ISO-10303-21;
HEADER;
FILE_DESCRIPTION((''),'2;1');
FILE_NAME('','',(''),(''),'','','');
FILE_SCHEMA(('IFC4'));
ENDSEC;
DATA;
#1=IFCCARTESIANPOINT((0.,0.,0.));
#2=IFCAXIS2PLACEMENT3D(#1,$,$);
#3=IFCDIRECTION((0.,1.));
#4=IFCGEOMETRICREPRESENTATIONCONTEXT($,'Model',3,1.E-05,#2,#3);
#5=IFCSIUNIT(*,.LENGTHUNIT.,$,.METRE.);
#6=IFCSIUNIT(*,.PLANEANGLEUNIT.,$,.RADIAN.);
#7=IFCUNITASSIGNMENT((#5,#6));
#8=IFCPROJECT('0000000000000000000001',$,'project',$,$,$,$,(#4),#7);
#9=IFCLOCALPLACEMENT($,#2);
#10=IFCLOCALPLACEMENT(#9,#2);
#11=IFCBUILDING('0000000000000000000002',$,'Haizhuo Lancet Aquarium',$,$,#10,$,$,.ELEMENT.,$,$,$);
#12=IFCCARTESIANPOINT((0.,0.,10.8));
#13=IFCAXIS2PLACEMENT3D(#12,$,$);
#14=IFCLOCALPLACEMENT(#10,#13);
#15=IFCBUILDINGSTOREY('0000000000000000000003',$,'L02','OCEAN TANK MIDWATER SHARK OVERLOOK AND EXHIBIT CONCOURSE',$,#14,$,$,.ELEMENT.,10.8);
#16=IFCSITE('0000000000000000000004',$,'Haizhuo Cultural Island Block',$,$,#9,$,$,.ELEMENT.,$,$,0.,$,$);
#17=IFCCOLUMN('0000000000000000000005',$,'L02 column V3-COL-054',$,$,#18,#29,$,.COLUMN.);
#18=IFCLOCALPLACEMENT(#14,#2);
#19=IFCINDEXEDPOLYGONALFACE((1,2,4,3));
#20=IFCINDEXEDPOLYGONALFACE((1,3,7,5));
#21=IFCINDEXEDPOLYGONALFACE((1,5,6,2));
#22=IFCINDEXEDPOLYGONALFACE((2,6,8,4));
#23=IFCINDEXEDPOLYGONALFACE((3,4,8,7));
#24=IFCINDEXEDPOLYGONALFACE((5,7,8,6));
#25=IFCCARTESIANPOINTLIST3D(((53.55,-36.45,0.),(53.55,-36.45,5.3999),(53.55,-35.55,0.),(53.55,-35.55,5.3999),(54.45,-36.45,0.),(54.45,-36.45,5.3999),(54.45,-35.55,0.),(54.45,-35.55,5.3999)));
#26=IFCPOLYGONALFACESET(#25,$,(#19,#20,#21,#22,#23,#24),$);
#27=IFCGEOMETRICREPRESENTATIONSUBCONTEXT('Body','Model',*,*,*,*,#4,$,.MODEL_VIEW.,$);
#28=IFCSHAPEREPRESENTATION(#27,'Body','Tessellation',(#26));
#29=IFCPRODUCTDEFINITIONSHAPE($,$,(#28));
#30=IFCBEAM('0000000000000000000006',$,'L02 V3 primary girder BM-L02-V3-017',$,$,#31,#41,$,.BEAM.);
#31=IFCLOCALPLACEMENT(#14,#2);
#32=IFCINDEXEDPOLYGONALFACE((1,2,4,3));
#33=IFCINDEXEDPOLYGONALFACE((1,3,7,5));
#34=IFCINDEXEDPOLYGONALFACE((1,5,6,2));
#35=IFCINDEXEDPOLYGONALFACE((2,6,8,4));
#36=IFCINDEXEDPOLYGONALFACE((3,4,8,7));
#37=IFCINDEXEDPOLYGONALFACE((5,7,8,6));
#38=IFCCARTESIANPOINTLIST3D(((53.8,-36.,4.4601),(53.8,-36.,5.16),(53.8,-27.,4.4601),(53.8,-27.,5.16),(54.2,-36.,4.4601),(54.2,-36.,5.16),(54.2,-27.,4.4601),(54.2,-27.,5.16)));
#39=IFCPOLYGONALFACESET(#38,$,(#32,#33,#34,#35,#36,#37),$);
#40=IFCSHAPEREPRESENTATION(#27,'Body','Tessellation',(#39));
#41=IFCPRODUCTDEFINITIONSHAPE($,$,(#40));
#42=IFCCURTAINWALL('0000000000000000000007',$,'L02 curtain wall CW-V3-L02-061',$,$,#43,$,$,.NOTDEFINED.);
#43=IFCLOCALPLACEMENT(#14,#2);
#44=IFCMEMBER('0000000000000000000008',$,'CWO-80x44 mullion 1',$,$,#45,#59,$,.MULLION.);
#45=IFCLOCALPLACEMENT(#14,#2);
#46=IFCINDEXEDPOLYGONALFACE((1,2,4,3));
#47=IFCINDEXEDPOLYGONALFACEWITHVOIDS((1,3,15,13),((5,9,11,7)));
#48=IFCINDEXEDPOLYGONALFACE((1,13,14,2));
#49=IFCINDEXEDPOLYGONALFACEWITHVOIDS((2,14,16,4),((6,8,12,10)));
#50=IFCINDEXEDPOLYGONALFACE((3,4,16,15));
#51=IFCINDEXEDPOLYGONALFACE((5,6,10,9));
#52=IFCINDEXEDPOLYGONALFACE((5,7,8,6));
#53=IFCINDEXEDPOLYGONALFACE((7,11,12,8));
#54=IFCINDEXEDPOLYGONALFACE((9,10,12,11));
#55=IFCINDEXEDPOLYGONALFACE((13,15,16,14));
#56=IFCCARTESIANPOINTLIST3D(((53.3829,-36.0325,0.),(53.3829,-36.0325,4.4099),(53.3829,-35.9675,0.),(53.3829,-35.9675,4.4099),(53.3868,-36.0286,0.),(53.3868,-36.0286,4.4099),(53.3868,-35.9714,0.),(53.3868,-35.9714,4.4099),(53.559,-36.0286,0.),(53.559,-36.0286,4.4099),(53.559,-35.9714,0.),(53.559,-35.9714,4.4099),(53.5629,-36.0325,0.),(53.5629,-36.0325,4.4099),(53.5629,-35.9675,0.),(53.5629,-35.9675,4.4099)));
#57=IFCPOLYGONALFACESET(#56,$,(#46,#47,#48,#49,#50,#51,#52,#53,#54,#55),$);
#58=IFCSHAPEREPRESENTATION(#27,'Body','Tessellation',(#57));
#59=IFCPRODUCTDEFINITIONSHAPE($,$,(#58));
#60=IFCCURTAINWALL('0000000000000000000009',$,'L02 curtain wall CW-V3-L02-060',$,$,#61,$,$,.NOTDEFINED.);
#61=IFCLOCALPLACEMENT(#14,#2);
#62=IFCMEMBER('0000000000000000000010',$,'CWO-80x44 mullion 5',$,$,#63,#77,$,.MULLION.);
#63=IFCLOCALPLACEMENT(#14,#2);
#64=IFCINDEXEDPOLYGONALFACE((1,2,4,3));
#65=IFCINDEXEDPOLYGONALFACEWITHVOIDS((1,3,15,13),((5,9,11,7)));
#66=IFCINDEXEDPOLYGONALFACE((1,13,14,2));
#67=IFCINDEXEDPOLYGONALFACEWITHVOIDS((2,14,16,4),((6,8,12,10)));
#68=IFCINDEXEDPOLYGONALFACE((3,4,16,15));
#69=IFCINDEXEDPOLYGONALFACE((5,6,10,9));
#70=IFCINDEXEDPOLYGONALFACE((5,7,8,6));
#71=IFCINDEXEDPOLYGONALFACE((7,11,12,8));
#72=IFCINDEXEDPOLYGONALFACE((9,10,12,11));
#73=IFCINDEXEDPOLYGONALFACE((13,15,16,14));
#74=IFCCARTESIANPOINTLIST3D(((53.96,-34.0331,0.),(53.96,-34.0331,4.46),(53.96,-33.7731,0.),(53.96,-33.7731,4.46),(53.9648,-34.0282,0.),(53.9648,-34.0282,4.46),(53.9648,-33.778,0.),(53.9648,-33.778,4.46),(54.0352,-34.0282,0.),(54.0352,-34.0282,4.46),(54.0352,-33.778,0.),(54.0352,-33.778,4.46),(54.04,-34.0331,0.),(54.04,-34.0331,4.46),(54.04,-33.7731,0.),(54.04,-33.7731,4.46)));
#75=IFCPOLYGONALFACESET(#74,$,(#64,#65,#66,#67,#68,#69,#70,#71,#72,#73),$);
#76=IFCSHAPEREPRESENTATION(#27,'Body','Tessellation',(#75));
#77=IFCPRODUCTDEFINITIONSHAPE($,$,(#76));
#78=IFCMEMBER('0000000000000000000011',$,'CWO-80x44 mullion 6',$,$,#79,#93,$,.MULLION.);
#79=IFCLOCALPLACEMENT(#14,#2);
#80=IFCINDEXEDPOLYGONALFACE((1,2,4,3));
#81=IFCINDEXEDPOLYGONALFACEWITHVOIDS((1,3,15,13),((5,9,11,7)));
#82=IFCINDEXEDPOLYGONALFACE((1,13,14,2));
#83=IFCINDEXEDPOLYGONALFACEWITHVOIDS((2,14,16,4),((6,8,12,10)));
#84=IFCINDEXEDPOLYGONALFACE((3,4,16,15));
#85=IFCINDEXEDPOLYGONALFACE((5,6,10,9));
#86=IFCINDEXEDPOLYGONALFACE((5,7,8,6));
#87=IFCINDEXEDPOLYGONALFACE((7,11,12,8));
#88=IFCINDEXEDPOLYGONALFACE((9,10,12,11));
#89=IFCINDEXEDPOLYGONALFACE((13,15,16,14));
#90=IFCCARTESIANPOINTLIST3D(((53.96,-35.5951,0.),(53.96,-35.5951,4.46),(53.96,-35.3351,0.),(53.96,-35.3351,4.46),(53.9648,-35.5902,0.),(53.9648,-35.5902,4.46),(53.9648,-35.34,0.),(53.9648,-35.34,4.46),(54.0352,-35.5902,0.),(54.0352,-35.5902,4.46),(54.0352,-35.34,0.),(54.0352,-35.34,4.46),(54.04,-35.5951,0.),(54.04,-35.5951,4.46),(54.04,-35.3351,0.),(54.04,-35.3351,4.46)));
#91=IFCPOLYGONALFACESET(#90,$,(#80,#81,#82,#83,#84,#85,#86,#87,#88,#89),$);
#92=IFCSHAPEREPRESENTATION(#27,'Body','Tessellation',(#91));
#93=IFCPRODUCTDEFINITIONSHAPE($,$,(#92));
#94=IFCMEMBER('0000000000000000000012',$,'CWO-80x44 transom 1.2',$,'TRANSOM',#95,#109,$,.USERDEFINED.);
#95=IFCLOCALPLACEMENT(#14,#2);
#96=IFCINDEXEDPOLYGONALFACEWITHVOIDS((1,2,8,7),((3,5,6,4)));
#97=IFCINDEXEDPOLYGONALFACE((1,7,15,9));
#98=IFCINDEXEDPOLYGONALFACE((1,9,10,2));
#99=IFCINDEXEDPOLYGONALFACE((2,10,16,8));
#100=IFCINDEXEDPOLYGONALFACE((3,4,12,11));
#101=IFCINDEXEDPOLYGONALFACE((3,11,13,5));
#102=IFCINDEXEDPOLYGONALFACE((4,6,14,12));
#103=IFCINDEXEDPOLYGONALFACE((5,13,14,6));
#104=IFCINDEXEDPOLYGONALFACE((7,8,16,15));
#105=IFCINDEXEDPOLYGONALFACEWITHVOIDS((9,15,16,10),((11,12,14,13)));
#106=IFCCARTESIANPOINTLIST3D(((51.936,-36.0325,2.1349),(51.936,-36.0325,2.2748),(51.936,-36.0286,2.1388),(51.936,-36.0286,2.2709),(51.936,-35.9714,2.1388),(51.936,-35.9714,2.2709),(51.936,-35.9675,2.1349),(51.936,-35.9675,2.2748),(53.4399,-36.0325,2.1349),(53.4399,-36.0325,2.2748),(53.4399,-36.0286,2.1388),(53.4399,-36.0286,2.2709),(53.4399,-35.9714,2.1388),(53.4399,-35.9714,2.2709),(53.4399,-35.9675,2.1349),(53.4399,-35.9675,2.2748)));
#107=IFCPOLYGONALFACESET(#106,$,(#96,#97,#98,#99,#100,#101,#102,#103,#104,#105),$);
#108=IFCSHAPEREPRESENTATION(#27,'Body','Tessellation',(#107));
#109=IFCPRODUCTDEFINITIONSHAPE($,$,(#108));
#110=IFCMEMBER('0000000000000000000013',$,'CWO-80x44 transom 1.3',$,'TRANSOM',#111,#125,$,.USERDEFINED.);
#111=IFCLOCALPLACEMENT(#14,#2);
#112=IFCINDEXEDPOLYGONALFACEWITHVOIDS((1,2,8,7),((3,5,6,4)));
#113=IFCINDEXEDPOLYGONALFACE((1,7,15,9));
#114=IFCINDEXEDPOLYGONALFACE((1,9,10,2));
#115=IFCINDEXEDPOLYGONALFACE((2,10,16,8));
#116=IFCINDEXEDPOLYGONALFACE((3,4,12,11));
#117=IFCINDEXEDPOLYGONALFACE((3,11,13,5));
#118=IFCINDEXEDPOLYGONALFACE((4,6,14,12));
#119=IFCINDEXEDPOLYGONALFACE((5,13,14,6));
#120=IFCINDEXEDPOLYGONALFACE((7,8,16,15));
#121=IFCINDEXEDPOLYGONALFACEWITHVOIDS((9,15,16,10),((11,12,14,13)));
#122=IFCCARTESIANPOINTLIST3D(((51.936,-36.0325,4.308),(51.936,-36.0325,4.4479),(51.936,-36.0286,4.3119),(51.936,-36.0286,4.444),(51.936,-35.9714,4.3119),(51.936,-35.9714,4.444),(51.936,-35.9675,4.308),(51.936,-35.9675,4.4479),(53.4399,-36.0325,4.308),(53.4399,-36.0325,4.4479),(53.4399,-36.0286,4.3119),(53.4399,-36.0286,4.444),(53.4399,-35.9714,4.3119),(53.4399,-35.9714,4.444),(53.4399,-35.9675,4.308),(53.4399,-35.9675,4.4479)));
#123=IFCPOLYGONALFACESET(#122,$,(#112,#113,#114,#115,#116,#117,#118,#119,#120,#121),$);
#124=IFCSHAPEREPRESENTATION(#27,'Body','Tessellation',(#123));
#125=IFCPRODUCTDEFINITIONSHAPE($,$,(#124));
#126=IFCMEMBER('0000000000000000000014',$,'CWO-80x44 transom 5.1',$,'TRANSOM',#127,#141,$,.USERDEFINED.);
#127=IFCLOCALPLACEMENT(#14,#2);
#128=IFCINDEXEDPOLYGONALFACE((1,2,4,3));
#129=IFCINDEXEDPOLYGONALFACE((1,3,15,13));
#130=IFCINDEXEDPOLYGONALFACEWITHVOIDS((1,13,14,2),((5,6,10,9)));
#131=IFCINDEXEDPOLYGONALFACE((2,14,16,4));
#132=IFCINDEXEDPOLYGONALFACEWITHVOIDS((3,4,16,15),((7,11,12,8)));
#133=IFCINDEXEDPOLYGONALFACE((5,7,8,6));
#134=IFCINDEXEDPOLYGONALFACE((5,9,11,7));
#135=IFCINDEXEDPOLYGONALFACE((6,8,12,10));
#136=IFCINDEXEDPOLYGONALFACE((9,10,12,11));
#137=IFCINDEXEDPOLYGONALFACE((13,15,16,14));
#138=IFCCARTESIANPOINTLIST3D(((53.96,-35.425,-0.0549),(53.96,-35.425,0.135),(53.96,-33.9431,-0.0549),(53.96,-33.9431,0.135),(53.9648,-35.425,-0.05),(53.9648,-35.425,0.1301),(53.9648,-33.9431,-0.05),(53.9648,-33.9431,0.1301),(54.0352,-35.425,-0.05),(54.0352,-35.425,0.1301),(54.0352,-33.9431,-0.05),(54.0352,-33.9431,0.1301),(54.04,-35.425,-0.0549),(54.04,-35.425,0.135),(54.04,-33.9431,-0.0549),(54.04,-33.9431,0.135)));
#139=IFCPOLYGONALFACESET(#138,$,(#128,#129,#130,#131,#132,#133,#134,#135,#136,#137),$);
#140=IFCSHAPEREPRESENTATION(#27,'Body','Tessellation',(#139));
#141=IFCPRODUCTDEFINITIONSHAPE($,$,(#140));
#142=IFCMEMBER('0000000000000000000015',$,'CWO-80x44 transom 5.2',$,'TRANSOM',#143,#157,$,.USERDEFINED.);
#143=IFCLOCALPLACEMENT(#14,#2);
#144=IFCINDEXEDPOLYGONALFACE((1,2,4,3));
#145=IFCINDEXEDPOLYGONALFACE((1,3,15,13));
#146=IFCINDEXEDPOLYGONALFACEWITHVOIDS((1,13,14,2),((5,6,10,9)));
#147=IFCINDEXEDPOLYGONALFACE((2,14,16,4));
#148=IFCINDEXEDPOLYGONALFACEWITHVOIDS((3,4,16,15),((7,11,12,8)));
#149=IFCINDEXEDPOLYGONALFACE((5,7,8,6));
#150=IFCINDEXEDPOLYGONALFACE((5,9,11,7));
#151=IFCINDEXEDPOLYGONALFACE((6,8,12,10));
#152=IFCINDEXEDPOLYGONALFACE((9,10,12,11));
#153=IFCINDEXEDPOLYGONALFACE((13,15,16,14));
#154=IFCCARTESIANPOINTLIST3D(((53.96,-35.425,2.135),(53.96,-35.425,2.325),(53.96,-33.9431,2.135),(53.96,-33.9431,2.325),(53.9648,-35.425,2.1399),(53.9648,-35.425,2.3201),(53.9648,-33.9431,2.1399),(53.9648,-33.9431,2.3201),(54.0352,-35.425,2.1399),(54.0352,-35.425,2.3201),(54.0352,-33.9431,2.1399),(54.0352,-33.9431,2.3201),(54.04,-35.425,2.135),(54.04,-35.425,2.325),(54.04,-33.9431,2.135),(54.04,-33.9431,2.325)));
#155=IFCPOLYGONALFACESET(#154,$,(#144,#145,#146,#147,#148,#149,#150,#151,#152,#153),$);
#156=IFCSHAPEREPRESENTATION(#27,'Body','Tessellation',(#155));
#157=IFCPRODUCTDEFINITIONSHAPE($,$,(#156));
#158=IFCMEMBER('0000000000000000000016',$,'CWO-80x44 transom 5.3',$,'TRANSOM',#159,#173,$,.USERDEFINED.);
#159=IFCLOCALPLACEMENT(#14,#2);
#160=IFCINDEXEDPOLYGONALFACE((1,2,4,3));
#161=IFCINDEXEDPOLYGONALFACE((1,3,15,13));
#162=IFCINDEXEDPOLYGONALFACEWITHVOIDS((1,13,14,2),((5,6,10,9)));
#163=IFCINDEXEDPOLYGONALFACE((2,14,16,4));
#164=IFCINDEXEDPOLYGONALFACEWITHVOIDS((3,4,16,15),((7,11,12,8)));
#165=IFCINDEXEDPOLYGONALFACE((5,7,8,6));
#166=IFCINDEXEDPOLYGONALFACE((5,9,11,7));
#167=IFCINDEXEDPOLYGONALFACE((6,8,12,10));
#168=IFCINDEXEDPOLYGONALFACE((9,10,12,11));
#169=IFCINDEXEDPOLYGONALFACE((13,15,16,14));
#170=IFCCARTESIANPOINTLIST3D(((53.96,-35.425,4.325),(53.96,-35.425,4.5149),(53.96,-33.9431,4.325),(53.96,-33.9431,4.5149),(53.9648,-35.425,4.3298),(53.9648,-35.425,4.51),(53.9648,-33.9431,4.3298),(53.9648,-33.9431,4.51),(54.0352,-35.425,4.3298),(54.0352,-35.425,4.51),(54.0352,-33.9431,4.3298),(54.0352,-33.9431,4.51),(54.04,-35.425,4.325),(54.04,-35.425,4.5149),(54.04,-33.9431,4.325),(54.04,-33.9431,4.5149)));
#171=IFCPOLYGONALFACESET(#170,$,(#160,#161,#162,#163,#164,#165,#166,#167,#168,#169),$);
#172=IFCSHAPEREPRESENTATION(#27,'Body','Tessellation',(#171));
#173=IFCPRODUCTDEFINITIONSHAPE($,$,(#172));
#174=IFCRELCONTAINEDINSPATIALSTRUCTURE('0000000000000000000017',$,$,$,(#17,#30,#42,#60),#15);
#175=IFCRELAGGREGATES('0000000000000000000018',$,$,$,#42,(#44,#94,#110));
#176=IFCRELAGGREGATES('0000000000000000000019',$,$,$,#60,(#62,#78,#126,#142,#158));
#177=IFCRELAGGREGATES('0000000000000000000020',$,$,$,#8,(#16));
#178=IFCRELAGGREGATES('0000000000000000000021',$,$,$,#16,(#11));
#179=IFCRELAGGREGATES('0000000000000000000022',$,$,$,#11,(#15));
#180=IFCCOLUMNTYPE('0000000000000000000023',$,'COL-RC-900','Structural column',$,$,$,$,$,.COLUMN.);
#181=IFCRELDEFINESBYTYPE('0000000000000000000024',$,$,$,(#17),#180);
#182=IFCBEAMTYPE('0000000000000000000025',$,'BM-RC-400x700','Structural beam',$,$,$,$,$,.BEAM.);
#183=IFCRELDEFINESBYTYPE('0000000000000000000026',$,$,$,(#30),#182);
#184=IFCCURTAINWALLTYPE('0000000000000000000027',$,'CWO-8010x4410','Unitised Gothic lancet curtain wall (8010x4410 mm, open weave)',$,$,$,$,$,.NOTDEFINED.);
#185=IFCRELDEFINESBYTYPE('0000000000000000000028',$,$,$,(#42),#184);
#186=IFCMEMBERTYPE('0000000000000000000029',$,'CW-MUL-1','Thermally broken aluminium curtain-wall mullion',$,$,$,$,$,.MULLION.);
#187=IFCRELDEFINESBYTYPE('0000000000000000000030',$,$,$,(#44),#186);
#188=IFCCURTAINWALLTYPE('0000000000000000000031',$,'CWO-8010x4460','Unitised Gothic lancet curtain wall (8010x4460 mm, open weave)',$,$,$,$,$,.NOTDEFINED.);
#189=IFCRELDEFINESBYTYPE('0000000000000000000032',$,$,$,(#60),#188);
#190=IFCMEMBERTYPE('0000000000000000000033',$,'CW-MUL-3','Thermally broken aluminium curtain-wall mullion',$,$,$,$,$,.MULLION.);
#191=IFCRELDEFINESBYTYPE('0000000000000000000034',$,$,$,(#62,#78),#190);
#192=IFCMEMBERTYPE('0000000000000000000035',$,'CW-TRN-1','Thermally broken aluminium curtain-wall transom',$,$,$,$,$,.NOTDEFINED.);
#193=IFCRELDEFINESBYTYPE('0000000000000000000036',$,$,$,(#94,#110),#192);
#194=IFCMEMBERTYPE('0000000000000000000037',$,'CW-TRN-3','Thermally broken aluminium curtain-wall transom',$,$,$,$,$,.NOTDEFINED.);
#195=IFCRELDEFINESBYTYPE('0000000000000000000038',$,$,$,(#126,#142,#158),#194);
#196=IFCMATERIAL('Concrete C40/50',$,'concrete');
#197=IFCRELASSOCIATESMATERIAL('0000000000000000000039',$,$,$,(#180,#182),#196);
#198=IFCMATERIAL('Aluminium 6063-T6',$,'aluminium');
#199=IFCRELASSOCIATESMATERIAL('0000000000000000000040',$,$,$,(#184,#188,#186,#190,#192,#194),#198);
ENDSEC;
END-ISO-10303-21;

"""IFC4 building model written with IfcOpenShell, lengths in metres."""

from ifc_helpers import new_model, si_unit, direction, frame, origin, origin_2d, place, context, subcontext, project, spatial, rectangle, hollow_rectangle, extrude, material, material_profile, profile_set, type_object, element, aggregate, save


model = new_model("IFC4")

# Units and contexts
model_context = context("Model", 3, precision=1e-05, world=origin(), true_north=direction((0.0, 1.0)))
body_context = subcontext(model_context, "Body", "Model", "MODEL_VIEW")
ifc_project = project(units=[si_unit("LENGTHUNIT", "METRE"), si_unit("PLANEANGLEUNIT", "RADIAN")], contexts=[model_context])

# Site, building, storey
site_placement = place(None, origin())
site = spatial("IfcSite", under=ifc_project, at=site_placement, Name="Haizhuo Cultural Island Block", CompositionType="ELEMENT", RefElevation=0.0)
building_placement = place(site_placement, origin())
building = spatial("IfcBuilding", under=site, at=building_placement, Name="Haizhuo Lancet Aquarium", CompositionType="ELEMENT")
storey_placement = place(building_placement, frame((0.0, 0.0, 10.8)))
storey = spatial("IfcBuildingStorey", under=building, at=storey_placement, Name="L02", Description="OCEAN TANK MIDWATER SHARK OVERLOOK AND EXHIBIT CONCOURSE", CompositionType="ELEMENT", Elevation=10.8)

# Column
ifc_material_1 = material(Name="Concrete C40/50", Category="concrete")
ifc_material_profile_1 = material_profile(ifc_material_1, rectangle(XDim=0.8999, YDim=0.8999, at=origin_2d()), Name="RC-COL 900x900")
ifc_profile_set_1 = profile_set([ifc_material_profile_1], Name="Concrete C40/50")
column_type = type_object("IfcColumnType", Name="COL-RC-900", Description="Structural column", PredefinedType="COLUMN", material=ifc_profile_set_1)
column_placement = place(storey_placement, frame((54.0, -36.0, 0.0), z_axis=(0.0, 0.0, 1.0), x_axis=(1.0, 0.0, 0.0)))
element("IfcColumn", 1, at=column_placement, inside=storey, type_object=column_type, Name="L02 column V3-COL-054", PredefinedType="COLUMN", context=body_context, shape_type="SweptSolid", body=[
    extrude(rectangle(XDim=0.8999, YDim=0.8999, at=origin_2d()), origin(), (0.0, 0.0, 1.0), 5.3999),
])

# Beam
ifc_material_profile_2 = material_profile(ifc_material_1, rectangle(XDim=0.3999, YDim=0.7, at=origin_2d()), Name="RC-BM 400x700")
ifc_profile_set_2 = profile_set([ifc_material_profile_2], Name="Concrete C40/50")
beam_type = type_object("IfcBeamType", Name="BM-RC-400x700", Description="Structural beam", PredefinedType="BEAM", material=ifc_profile_set_2)
beam_placement = place(storey_placement, frame((54.0, -36.0, 4.8101), z_axis=(0.0, 1.0, 0.0), x_axis=(-1.0, 0.0, 0.0)))
element("IfcBeam", 2, at=beam_placement, inside=storey, type_object=beam_type, Name="L02 V3 primary girder BM-L02-V3-017", PredefinedType="BEAM", context=body_context, shape_type="SweptSolid", body=[
    extrude(rectangle(XDim=0.3999, YDim=0.7, at=origin_2d()), origin(), (0.0, 0.0, 1.0), 9.0),
])

# Curtain wall, member
ifc_material_2 = material(Name="Aluminium 6063-T6", Category="aluminium")
curtain_wall_type_1 = type_object("IfcCurtainWallType", Name="CWO-8010x4410", Description="Unitised Gothic lancet curtain wall (8010x4410 mm, open weave)", PredefinedType="NOTDEFINED", material=ifc_material_2)
curtain_wall_1_placement = place(storey_placement, origin())
curtain_wall_1 = element("IfcCurtainWall", 3, at=curtain_wall_1_placement, inside=storey, type_object=curtain_wall_type_1, Name="L02 curtain wall CW-V3-L02-061", PredefinedType="NOTDEFINED")
ifc_material_profile_3 = material_profile(ifc_material_2, hollow_rectangle(XDim=0.0649, YDim=0.1799, WallThickness=0.0039, at=origin_2d()), Name="ALU-M 65x180x4")
ifc_profile_set_3 = profile_set([ifc_material_profile_3], Name="Aluminium 6063-T6")
member_type_1 = type_object("IfcMemberType", Name="CW-MUL-1", Description="Thermally broken aluminium curtain-wall mullion", PredefinedType="MULLION", material=ifc_profile_set_3)
member_1_placement = place(storey_placement, frame((53.4729, -36.0, 0.0), z_axis=(0.0, 0.0, 1.0), x_axis=(0.0, -1.0, 0.0)))
member_1 = element("IfcMember", 4, at=member_1_placement, type_object=member_type_1, Name="CWO-80x44 mullion 1", PredefinedType="MULLION", context=body_context, shape_type="SweptSolid", body=[
    extrude(hollow_rectangle(XDim=0.0649, YDim=0.1799, WallThickness=0.0039, at=origin_2d()), origin(), (0.0, 0.0, 1.0), 4.4099),
])

# Curtain wall, members
curtain_wall_type_2 = type_object("IfcCurtainWallType", Name="CWO-8010x4460", Description="Unitised Gothic lancet curtain wall (8010x4460 mm, open weave)", PredefinedType="NOTDEFINED", material=ifc_material_2)
curtain_wall_2_placement = place(storey_placement, origin())
curtain_wall_2 = element("IfcCurtainWall", 5, at=curtain_wall_2_placement, inside=storey, type_object=curtain_wall_type_2, Name="L02 curtain wall CW-V3-L02-060", PredefinedType="NOTDEFINED")
ifc_material_profile_4 = material_profile(ifc_material_2, hollow_rectangle(XDim=0.0801, YDim=0.26, WallThickness=0.0049, at=origin_2d()), Name="ALU-M 80x260x5")
ifc_profile_set_4 = profile_set([ifc_material_profile_4], Name="Aluminium 6063-T6")
member_type_2 = type_object("IfcMemberType", Name="CW-MUL-3", Description="Thermally broken aluminium curtain-wall mullion", PredefinedType="MULLION", material=ifc_profile_set_4)
member_2_placement = place(storey_placement, frame((54.0, -33.9031, 0.0), z_axis=(0.0, 0.0, 1.0), x_axis=(1.0, 0.0, 0.0)))
member_2 = element("IfcMember", 6, at=member_2_placement, type_object=member_type_2, Name="CWO-80x44 mullion 5", PredefinedType="MULLION", context=body_context, shape_type="SweptSolid", body=[
    extrude(hollow_rectangle(XDim=0.0801, YDim=0.26, WallThickness=0.0049, at=origin_2d()), origin(), (0.0, 0.0, 1.0), 4.46),
])
member_3_placement = place(storey_placement, frame((54.0, -35.4651, 0.0), z_axis=(0.0, 0.0, 1.0), x_axis=(1.0, 0.0, 0.0)))
member_3 = element("IfcMember", 7, at=member_3_placement, type_object=member_type_2, Name="CWO-80x44 mullion 6", PredefinedType="MULLION", context=body_context, shape_type="SweptSolid", body=[
    extrude(hollow_rectangle(XDim=0.0801, YDim=0.26, WallThickness=0.0049, at=origin_2d()), origin(), (0.0, 0.0, 1.0), 4.46),
])

# Members
ifc_material_profile_5 = material_profile(ifc_material_2, hollow_rectangle(XDim=0.0649, YDim=0.1399, WallThickness=0.0039, at=origin_2d()), Name="ALU-T 65x140x4")
ifc_profile_set_5 = profile_set([ifc_material_profile_5], Name="Aluminium 6063-T6")
member_type_3 = type_object("IfcMemberType", Name="CW-TRN-1", Description="Thermally broken aluminium curtain-wall transom", PredefinedType="NOTDEFINED", material=ifc_profile_set_5)
member_4_placement = place(storey_placement, frame((53.4399, -36.0, 2.2048), z_axis=(-1.0, 0.0, 0.0), x_axis=(0.0, -1.0, 0.0)))
member_4 = element("IfcMember", 8, at=member_4_placement, type_object=member_type_3, Name="CWO-80x44 transom 1.2", ObjectType="TRANSOM", PredefinedType="USERDEFINED", context=body_context, shape_type="SweptSolid", body=[
    extrude(hollow_rectangle(XDim=0.0649, YDim=0.1399, WallThickness=0.0039, at=origin_2d()), origin(), (0.0, 0.0, 1.0), 1.5039),
])
member_5_placement = place(storey_placement, frame((53.4399, -36.0, 4.3779), z_axis=(-1.0, 0.0, 0.0), x_axis=(0.0, -1.0, 0.0)))
member_5 = element("IfcMember", 9, at=member_5_placement, type_object=member_type_3, Name="CWO-80x44 transom 1.3", ObjectType="TRANSOM", PredefinedType="USERDEFINED", context=body_context, shape_type="SweptSolid", body=[
    extrude(hollow_rectangle(XDim=0.0649, YDim=0.1399, WallThickness=0.0039, at=origin_2d()), origin(), (0.0, 0.0, 1.0), 1.5039),
])
aggregate(curtain_wall_1, [member_1, member_4, member_5])
ifc_material_profile_6 = material_profile(ifc_material_2, hollow_rectangle(XDim=0.0801, YDim=0.1899, WallThickness=0.0049, at=origin_2d()), Name="ALU-T 80x190x5")
ifc_profile_set_6 = profile_set([ifc_material_profile_6], Name="Aluminium 6063-T6")
member_type_4 = type_object("IfcMemberType", Name="CW-TRN-3", Description="Thermally broken aluminium curtain-wall transom", PredefinedType="NOTDEFINED", material=ifc_profile_set_6)
member_6_placement = place(storey_placement, frame((54.0, -33.9431, 0.04), z_axis=(0.0, -1.0, 0.0), x_axis=(1.0, 0.0, 0.0)))
member_6 = element("IfcMember", 10, at=member_6_placement, type_object=member_type_4, Name="CWO-80x44 transom 5.1", ObjectType="TRANSOM", PredefinedType="USERDEFINED", context=body_context, shape_type="SweptSolid", body=[
    extrude(hollow_rectangle(XDim=0.0801, YDim=0.1899, WallThickness=0.0049, at=origin_2d()), origin(), (0.0, 0.0, 1.0), 1.4819),
])
member_7_placement = place(storey_placement, frame((54.0, -33.9431, 2.23), z_axis=(0.0, -1.0, 0.0), x_axis=(1.0, 0.0, 0.0)))
member_7 = element("IfcMember", 11, at=member_7_placement, type_object=member_type_4, Name="CWO-80x44 transom 5.2", ObjectType="TRANSOM", PredefinedType="USERDEFINED", context=body_context, shape_type="SweptSolid", body=[
    extrude(hollow_rectangle(XDim=0.0801, YDim=0.1899, WallThickness=0.0049, at=origin_2d()), origin(), (0.0, 0.0, 1.0), 1.4819),
])
member_8_placement = place(storey_placement, frame((54.0, -33.9431, 4.4199), z_axis=(0.0, -1.0, 0.0), x_axis=(1.0, 0.0, 0.0)))
member_8 = element("IfcMember", 12, at=member_8_placement, type_object=member_type_4, Name="CWO-80x44 transom 5.3", ObjectType="TRANSOM", PredefinedType="USERDEFINED", context=body_context, shape_type="SweptSolid", body=[
    extrude(hollow_rectangle(XDim=0.0801, YDim=0.1899, WallThickness=0.0049, at=origin_2d()), origin(), (0.0, 0.0, 1.0), 1.4819),
])

aggregate(curtain_wall_2, [member_2, member_3, member_6, member_7, member_8])

save(model, "model.ifc")
